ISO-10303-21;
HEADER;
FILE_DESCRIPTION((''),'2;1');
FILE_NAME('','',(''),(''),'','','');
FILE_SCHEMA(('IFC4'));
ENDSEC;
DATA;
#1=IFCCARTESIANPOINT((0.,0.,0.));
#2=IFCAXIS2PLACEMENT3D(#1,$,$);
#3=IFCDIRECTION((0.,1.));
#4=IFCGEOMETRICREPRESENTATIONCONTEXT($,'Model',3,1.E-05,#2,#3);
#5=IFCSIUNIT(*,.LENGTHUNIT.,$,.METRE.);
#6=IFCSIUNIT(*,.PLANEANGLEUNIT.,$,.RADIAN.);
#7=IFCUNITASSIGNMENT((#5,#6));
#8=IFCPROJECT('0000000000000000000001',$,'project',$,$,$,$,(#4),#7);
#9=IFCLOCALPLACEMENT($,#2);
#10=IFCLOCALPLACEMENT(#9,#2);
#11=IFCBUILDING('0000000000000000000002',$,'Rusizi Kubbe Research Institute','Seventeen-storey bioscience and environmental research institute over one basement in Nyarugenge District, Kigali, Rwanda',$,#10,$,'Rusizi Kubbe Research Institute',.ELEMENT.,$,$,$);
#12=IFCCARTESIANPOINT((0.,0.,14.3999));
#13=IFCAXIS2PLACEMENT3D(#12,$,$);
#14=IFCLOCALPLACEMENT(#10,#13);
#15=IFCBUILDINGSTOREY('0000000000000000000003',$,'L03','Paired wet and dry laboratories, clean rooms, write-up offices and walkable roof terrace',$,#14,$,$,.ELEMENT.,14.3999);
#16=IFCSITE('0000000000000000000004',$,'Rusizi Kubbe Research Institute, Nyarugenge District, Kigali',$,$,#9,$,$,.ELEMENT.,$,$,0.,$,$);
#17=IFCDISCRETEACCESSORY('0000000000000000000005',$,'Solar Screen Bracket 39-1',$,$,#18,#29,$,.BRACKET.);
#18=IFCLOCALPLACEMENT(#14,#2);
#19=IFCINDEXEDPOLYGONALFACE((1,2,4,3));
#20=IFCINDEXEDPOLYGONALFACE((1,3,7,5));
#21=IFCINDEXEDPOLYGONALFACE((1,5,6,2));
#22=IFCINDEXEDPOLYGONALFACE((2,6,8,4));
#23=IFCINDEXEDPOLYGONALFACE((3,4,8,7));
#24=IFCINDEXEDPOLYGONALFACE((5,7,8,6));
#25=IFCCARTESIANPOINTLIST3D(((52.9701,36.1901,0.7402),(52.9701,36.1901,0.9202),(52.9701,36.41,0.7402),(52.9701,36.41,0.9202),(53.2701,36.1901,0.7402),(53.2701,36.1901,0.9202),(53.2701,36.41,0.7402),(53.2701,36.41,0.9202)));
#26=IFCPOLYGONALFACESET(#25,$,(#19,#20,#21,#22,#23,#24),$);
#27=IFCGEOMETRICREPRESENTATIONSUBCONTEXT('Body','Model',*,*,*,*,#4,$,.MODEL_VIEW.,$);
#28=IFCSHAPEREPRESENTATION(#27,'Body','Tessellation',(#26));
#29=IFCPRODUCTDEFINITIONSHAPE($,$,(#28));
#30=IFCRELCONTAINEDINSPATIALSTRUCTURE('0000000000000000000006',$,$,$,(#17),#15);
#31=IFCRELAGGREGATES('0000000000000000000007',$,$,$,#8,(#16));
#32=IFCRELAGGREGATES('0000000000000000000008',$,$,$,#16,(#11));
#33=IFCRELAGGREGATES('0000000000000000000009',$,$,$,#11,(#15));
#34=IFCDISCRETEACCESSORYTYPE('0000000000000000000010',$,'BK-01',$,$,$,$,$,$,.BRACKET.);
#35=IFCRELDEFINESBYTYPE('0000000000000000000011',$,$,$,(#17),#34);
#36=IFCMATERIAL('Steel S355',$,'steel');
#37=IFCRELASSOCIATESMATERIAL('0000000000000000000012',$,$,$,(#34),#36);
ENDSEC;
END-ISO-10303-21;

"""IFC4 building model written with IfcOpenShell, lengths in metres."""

from ifc_helpers import new_model, si_unit, direction, frame, origin, origin_2d, place, context, subcontext, project, spatial, rectangle, extrude, material, type_object, element, save


model = new_model("IFC4")

# Units and contexts
model_context = context("Model", 3, precision=1e-05, world=origin(), true_north=direction((0.0, 1.0)))
body_context = subcontext(model_context, "Body", "Model", "MODEL_VIEW")
ifc_project = project(units=[si_unit("LENGTHUNIT", "METRE"), si_unit("PLANEANGLEUNIT", "RADIAN")], contexts=[model_context])

# Site, building, storey
site_placement = place(None, origin())
site = spatial("IfcSite", under=ifc_project, at=site_placement, Name="Rusizi Kubbe Research Institute, Nyarugenge District, Kigali", CompositionType="ELEMENT", RefElevation=0.0)
building_placement = place(site_placement, origin())
building = spatial("IfcBuilding", under=site, at=building_placement, Name="Rusizi Kubbe Research Institute", Description="Seventeen-storey bioscience and environmental research institute over one basement in Nyarugenge District, Kigali, Rwanda", LongName="Rusizi Kubbe Research Institute", CompositionType="ELEMENT")
storey_placement = place(building_placement, frame((0.0, 0.0, 14.3999)))
storey = spatial("IfcBuildingStorey", under=building, at=storey_placement, Name="L03", Description="Paired wet and dry laboratories, clean rooms, write-up offices and walkable roof terrace", CompositionType="ELEMENT", Elevation=14.3999)

# Discrete accessory
ifc_material_1 = material(Name="Steel S355", Category="steel")
discrete_accessory_type = type_object("IfcDiscreteAccessoryType", Name="BK-01", PredefinedType="BRACKET", material=ifc_material_1)
discrete_accessory_placement = place(storey_placement, frame((53.1201, 36.3, 0.7402), z_axis=(0.0, 0.0, 1.0), x_axis=(1.0, 0.0, 0.0)))
element("IfcDiscreteAccessory", 1, at=discrete_accessory_placement, inside=storey, type_object=discrete_accessory_type, Name="Solar Screen Bracket 39-1", PredefinedType="BRACKET", context=body_context, shape_type="SweptSolid", body=[
    extrude(rectangle(XDim=0.3, YDim=0.22, at=origin_2d()), origin(), (0.0, 0.0, 1.0), 0.1799),
])

save(model, "model.ifc")
